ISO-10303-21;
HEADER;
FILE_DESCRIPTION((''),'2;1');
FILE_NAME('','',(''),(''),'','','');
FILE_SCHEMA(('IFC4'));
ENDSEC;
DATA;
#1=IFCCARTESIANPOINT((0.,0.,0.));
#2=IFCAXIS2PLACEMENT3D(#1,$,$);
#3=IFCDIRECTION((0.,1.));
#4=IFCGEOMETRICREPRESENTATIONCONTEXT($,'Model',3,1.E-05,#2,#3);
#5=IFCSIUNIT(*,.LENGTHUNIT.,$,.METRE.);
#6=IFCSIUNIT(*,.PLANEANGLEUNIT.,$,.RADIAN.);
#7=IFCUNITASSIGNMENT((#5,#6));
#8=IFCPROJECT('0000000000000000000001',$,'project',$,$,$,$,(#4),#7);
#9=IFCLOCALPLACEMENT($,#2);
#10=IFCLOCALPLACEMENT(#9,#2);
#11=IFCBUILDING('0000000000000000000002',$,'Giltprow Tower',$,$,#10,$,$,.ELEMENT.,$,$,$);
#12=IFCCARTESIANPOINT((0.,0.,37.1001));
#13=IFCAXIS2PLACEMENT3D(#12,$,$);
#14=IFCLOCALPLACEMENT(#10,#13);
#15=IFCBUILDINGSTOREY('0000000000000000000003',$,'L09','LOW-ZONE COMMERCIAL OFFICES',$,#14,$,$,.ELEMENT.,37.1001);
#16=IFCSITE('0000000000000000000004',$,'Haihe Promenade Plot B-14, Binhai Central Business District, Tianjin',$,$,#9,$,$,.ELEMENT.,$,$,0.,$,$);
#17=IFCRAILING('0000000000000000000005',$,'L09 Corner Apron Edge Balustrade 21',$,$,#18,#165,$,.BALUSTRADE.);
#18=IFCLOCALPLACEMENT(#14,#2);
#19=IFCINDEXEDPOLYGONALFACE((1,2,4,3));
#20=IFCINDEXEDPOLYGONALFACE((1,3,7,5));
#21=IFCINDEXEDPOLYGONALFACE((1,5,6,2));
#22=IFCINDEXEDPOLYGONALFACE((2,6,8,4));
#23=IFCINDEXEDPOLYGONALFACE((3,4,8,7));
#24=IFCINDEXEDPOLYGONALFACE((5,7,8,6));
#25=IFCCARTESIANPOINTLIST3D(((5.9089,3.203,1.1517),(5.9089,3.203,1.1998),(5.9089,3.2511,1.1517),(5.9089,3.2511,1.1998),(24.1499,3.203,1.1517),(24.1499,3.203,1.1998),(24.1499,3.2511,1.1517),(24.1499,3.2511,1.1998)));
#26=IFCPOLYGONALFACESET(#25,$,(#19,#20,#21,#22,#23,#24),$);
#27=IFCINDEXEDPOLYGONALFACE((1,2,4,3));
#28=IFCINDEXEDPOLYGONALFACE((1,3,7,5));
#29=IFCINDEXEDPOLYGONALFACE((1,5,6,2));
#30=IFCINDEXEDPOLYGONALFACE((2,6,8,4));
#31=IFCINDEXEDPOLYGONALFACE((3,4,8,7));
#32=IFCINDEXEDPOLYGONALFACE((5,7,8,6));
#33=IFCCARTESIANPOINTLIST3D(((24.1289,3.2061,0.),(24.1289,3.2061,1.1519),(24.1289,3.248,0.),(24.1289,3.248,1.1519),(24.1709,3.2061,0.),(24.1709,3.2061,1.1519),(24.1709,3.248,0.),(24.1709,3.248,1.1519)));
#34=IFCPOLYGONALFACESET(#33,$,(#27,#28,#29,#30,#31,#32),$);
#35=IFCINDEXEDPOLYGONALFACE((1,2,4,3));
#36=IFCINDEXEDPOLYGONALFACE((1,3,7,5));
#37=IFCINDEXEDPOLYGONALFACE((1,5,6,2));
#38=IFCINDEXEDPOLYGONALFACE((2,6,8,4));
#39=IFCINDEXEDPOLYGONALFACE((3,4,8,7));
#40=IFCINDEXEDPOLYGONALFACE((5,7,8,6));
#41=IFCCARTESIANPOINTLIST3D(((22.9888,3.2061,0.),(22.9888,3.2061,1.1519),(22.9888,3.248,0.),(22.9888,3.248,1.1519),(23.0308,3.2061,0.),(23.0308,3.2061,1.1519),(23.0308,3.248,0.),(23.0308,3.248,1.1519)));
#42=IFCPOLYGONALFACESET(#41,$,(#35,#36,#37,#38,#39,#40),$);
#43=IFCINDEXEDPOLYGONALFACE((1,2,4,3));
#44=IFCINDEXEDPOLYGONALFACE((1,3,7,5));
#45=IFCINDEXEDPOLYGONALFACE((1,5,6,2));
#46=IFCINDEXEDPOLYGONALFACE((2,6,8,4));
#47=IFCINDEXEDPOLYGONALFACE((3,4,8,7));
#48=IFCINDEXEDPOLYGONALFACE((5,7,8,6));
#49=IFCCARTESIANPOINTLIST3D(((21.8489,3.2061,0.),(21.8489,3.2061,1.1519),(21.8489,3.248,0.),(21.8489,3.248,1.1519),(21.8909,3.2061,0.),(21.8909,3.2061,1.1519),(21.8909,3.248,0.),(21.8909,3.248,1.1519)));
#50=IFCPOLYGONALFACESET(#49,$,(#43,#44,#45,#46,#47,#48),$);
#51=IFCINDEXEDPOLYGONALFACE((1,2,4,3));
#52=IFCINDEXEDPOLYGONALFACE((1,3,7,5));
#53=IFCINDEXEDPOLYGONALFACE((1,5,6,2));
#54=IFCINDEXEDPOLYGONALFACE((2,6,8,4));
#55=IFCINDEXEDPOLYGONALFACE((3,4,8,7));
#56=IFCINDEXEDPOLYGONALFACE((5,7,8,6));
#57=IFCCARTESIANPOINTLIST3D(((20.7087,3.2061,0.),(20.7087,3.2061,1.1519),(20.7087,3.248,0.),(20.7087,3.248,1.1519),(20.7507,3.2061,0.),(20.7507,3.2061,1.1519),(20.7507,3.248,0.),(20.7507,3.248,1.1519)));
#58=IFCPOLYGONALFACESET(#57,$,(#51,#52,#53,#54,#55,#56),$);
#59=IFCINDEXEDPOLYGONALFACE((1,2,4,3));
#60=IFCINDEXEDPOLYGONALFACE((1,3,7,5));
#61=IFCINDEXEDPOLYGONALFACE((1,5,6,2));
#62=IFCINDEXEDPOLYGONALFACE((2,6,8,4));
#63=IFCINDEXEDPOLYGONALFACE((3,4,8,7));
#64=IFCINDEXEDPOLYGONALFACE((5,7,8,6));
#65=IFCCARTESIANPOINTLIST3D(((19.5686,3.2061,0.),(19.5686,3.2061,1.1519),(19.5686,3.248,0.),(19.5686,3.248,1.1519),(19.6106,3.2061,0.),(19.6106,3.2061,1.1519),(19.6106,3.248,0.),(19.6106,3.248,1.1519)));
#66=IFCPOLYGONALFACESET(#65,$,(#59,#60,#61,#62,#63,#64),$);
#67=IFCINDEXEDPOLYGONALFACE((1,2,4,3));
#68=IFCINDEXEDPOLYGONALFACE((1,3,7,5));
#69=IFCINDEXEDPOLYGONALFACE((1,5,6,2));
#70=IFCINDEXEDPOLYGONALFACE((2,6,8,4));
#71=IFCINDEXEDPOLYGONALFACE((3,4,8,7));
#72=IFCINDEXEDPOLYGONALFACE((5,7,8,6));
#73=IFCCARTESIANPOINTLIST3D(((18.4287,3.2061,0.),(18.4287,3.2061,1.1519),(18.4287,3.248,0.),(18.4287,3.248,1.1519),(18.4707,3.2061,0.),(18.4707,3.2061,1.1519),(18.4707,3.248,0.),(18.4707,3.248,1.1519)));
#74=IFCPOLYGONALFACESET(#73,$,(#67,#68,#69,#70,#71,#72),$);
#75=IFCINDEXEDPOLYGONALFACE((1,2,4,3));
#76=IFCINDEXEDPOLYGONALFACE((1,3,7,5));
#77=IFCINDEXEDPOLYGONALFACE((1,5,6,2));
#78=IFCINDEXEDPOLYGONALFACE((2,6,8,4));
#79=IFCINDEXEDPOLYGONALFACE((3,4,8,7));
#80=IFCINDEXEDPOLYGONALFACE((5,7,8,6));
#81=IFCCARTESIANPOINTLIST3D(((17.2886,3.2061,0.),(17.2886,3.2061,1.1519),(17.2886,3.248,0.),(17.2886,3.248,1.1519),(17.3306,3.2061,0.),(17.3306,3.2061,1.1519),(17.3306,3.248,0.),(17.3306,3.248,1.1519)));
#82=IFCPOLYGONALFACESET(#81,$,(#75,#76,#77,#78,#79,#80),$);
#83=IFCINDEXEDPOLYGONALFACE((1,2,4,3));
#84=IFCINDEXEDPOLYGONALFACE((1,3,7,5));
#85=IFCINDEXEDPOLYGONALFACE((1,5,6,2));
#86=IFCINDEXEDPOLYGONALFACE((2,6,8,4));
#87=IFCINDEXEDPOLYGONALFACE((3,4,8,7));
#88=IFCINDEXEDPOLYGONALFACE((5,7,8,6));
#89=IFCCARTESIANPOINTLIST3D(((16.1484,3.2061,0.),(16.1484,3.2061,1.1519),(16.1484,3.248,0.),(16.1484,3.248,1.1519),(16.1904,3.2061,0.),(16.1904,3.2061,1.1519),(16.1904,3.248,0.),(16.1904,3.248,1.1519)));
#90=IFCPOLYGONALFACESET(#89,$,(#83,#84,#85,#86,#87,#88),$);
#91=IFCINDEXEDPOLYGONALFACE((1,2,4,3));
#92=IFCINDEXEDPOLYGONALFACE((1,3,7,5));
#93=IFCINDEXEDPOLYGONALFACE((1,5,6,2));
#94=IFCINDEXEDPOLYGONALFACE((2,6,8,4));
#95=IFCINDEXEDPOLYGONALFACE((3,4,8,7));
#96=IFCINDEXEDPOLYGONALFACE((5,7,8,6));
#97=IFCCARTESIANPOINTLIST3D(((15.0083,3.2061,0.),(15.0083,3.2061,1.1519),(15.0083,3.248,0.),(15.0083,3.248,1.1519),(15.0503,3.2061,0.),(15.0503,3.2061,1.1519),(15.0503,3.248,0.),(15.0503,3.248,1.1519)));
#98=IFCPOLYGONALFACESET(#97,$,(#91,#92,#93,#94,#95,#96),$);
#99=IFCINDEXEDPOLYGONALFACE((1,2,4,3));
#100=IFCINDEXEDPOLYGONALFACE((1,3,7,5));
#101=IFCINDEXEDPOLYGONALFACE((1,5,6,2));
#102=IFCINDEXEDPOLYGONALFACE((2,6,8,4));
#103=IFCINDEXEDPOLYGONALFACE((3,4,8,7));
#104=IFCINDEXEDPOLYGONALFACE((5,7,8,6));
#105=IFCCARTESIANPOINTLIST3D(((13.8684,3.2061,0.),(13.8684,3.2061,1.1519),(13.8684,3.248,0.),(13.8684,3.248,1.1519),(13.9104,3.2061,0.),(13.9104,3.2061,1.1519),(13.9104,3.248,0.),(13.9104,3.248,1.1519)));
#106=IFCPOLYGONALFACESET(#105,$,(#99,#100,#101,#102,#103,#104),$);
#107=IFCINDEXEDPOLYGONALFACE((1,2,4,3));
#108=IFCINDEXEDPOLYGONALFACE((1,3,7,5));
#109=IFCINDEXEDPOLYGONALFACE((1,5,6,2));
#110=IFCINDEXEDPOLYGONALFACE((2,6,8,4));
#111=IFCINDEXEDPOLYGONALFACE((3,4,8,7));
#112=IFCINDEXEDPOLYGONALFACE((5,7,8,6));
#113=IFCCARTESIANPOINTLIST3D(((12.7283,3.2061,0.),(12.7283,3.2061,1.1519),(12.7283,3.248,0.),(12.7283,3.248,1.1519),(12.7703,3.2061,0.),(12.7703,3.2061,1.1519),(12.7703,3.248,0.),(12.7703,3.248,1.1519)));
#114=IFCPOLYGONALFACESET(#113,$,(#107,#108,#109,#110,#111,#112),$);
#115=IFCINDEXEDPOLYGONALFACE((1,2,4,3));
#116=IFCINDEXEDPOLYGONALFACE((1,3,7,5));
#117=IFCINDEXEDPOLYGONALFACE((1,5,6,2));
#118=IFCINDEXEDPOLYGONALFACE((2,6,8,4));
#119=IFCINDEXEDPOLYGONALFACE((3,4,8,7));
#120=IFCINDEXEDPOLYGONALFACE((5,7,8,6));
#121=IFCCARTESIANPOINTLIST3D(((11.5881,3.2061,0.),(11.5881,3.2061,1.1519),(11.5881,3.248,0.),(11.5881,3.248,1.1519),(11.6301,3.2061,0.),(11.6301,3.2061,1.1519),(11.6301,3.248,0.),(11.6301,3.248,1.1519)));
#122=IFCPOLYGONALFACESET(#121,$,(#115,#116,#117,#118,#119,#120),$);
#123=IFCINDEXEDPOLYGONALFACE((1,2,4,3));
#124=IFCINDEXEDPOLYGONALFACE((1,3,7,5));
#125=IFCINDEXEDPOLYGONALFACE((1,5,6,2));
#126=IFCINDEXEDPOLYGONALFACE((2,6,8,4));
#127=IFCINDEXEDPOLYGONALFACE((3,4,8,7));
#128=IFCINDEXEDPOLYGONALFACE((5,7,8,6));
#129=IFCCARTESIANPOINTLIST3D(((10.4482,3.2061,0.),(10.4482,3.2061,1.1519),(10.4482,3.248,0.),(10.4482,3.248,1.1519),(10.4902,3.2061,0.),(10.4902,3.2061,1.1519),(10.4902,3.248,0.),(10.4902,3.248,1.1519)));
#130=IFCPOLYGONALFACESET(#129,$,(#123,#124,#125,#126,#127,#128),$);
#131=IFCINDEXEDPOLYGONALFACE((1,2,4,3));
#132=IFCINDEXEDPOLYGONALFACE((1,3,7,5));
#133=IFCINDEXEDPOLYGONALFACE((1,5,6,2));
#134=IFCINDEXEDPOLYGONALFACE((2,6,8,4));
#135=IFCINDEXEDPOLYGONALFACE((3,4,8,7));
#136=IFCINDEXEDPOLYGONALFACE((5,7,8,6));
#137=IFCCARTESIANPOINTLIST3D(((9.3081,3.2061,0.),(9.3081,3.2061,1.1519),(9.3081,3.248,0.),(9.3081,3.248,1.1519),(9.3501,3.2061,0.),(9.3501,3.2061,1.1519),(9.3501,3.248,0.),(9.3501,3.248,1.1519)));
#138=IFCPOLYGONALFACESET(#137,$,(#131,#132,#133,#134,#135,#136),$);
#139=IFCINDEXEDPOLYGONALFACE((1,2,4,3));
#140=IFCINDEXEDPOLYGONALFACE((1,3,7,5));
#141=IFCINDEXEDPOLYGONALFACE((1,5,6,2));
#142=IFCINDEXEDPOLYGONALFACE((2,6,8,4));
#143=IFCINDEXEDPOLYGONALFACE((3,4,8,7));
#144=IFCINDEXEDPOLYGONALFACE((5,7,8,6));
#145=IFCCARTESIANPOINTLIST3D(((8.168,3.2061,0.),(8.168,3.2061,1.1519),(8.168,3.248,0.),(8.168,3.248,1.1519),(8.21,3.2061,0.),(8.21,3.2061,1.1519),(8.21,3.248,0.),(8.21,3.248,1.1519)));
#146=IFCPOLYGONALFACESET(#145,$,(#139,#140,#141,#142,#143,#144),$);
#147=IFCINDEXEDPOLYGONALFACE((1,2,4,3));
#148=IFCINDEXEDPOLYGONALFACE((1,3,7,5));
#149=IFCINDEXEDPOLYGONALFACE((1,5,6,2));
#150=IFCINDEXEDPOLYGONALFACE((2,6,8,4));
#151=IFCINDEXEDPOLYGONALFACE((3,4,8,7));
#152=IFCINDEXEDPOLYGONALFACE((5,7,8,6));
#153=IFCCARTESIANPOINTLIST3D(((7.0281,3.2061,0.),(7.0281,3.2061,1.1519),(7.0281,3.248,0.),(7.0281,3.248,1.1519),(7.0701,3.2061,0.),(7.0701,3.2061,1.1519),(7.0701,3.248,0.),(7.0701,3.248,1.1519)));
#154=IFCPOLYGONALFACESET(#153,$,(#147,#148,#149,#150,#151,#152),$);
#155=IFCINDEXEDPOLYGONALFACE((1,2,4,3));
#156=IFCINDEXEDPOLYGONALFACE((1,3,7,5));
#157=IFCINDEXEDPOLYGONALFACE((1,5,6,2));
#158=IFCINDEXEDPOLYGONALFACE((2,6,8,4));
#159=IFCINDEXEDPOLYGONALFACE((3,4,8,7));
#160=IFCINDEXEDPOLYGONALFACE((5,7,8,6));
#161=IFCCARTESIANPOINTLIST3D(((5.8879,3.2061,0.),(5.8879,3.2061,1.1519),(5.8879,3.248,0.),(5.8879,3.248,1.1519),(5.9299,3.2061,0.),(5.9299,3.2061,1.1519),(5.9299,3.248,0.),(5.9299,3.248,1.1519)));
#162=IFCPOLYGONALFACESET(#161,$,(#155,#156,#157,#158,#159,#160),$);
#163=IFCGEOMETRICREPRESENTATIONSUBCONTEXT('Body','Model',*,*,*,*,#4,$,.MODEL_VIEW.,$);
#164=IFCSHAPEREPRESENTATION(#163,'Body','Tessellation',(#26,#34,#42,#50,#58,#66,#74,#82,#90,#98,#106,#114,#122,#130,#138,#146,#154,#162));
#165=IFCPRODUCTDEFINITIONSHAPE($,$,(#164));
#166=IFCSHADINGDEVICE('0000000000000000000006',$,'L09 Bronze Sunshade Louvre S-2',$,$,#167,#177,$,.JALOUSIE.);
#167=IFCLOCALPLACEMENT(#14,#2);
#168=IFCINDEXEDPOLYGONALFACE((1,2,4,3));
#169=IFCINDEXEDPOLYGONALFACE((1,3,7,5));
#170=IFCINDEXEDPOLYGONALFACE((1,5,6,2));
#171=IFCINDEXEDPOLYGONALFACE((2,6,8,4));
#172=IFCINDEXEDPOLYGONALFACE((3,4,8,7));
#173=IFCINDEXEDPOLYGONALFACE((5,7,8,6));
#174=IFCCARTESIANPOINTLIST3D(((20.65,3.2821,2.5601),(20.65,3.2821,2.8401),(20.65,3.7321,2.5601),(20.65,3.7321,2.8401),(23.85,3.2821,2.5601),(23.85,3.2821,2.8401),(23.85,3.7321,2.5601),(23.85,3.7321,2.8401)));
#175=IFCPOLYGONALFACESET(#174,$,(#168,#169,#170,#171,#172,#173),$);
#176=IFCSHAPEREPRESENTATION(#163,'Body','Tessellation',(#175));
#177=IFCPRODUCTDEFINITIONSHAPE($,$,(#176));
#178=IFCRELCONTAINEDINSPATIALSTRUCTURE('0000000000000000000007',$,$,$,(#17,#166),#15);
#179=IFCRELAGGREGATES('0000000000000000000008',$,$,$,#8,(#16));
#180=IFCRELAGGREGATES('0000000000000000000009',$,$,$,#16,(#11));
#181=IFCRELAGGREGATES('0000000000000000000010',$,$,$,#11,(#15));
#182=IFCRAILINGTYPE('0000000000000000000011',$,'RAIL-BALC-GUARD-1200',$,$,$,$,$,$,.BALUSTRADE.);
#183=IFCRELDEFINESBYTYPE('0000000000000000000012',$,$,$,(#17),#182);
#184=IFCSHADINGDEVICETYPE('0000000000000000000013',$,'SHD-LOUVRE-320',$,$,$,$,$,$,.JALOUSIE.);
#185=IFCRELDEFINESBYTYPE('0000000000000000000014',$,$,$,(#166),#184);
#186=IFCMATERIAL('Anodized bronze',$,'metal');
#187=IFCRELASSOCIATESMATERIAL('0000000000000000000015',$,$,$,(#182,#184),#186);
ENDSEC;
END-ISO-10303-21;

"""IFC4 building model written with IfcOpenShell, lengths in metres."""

from ifc_helpers import new_model, si_unit, direction, frame, origin, origin_2d, place, context, subcontext, project, spatial, rectangle, extrude, source, transform, mapped, material, type_object, element, save


model = new_model("IFC4")

# Units and contexts
model_context = context("Model", 3, precision=1e-05, world=origin(), true_north=direction((0.0, 1.0)))
body_context = subcontext(model_context, "Body", "Model", "MODEL_VIEW")
ifc_project = project(units=[si_unit("LENGTHUNIT", "METRE"), si_unit("PLANEANGLEUNIT", "RADIAN")], contexts=[model_context])

# Site, building, storey
site_placement = place(None, origin())
site = spatial("IfcSite", under=ifc_project, at=site_placement, Name="Haihe Promenade Plot B-14, Binhai Central Business District, Tianjin", CompositionType="ELEMENT", RefElevation=0.0)
building_placement = place(site_placement, origin())
building = spatial("IfcBuilding", under=site, at=building_placement, Name="Giltprow Tower", CompositionType="ELEMENT")
storey_placement = place(building_placement, frame((0.0, 0.0, 37.1001)))
storey = spatial("IfcBuildingStorey", under=building, at=storey_placement, Name="L09", Description="LOW-ZONE COMMERCIAL OFFICES", CompositionType="ELEMENT", Elevation=37.1001)

# Shared definitions
ifc_material_1 = material(Name="Anodized bronze", Category="metal")

# Railing
railing_type = type_object("IfcRailingType", Name="RAIL-BALC-GUARD-1200", PredefinedType="BALUSTRADE", material=ifc_material_1)
railing_1_placement = place(storey_placement, frame((24.1499, 3.2271, 0.0)))
element("IfcRailing", 1, at=railing_1_placement, inside=storey, type_object=railing_type, Name="L09 Corner Apron Edge Balustrade 21", PredefinedType="BALUSTRADE", context=body_context, shape_type="SweptSolid", body=[
    extrude(rectangle(XDim=0.0481, YDim=0.0481, at=origin_2d()), frame((0.0, 0.0, 1.1758), z_axis=(-1.0, 0.0, 0.0), x_axis=(0.0, -1.0, 0.0)), (0.0, 0.0, 1.0), 18.241),
    extrude(rectangle(XDim=0.042, YDim=0.042, at=origin_2d()), origin(), (0.0, 0.0, 1.0), 1.1519),
    extrude(rectangle(XDim=0.042, YDim=0.042, at=origin_2d()), frame((-1.1401, 0.0, 0.0)), (0.0, 0.0, 1.0), 1.1519),
    extrude(rectangle(XDim=0.042, YDim=0.042, at=origin_2d()), frame((-2.28, 0.0, 0.0)), (0.0, 0.0, 1.0), 1.1519),
    extrude(rectangle(XDim=0.042, YDim=0.042, at=origin_2d()), frame((-3.4202, 0.0, 0.0)), (0.0, 0.0, 1.0), 1.1519),
    extrude(rectangle(XDim=0.042, YDim=0.042, at=origin_2d()), frame((-4.5603, 0.0, 0.0)), (0.0, 0.0, 1.0), 1.1519),
    extrude(rectangle(XDim=0.042, YDim=0.042, at=origin_2d()), frame((-5.7002, 0.0, 0.0)), (0.0, 0.0, 1.0), 1.1519),
    extrude(rectangle(XDim=0.042, YDim=0.042, at=origin_2d()), frame((-6.8403, 0.0, 0.0)), (0.0, 0.0, 1.0), 1.1519),
    extrude(rectangle(XDim=0.042, YDim=0.042, at=origin_2d()), frame((-7.9805, 0.0, 0.0)), (0.0, 0.0, 1.0), 1.1519),
    extrude(rectangle(XDim=0.042, YDim=0.042, at=origin_2d()), frame((-9.1206, 0.0, 0.0)), (0.0, 0.0, 1.0), 1.1519),
    extrude(rectangle(XDim=0.042, YDim=0.042, at=origin_2d()), frame((-10.2605, 0.0, 0.0)), (0.0, 0.0, 1.0), 1.1519),
    extrude(rectangle(XDim=0.042, YDim=0.042, at=origin_2d()), frame((-11.4006, 0.0, 0.0)), (0.0, 0.0, 1.0), 1.1519),
    extrude(rectangle(XDim=0.042, YDim=0.042, at=origin_2d()), frame((-12.5408, 0.0, 0.0)), (0.0, 0.0, 1.0), 1.1519),
    extrude(rectangle(XDim=0.042, YDim=0.042, at=origin_2d()), frame((-13.6807, 0.0, 0.0)), (0.0, 0.0, 1.0), 1.1519),
    extrude(rectangle(XDim=0.042, YDim=0.042, at=origin_2d()), frame((-14.8208, 0.0, 0.0)), (0.0, 0.0, 1.0), 1.1519),
    extrude(rectangle(XDim=0.042, YDim=0.042, at=origin_2d()), frame((-15.9609, 0.0, 0.0)), (0.0, 0.0, 1.0), 1.1519),
    extrude(rectangle(XDim=0.042, YDim=0.042, at=origin_2d()), frame((-17.1008, 0.0, 0.0)), (0.0, 0.0, 1.0), 1.1519),
    extrude(rectangle(XDim=0.042, YDim=0.042, at=origin_2d()), frame((-18.241, 0.0, 0.0)), (0.0, 0.0, 1.0), 1.1519),
])

# Shading device
shading_device_type = type_object("IfcShadingDeviceType", Name="SHD-LOUVRE-320", PredefinedType="JALOUSIE", material=ifc_material_1)
shared_shape_1 = source(origin(), body_context, "Body", "SweptSolid", [
    extrude(rectangle(XDim=3.2, YDim=0.45, at=origin_2d()), origin(), (0.0, 0.0, 1.0), 0.28),
])
shading_device_placement = place(storey_placement, frame((22.25, 3.5071, 2.5601), z_axis=(0.0, 0.0, 1.0), x_axis=(1.0, 0.0, 0.0)))
element("IfcShadingDevice", 2, at=shading_device_placement, inside=storey, type_object=shading_device_type, Name="L09 Bronze Sunshade Louvre S-2", PredefinedType="JALOUSIE", context=body_context, shape_type="MappedRepresentation", body=[
    mapped(shared_shape_1, transform((0.0, 0.0, 0.0), x_axis=(1.0, 0.0, 0.0), y_axis=(0.0, 1.0, 0.0), z_axis=(0.0, 0.0, 1.0), scale=1.0)),
])

save(model, "model.ifc")
